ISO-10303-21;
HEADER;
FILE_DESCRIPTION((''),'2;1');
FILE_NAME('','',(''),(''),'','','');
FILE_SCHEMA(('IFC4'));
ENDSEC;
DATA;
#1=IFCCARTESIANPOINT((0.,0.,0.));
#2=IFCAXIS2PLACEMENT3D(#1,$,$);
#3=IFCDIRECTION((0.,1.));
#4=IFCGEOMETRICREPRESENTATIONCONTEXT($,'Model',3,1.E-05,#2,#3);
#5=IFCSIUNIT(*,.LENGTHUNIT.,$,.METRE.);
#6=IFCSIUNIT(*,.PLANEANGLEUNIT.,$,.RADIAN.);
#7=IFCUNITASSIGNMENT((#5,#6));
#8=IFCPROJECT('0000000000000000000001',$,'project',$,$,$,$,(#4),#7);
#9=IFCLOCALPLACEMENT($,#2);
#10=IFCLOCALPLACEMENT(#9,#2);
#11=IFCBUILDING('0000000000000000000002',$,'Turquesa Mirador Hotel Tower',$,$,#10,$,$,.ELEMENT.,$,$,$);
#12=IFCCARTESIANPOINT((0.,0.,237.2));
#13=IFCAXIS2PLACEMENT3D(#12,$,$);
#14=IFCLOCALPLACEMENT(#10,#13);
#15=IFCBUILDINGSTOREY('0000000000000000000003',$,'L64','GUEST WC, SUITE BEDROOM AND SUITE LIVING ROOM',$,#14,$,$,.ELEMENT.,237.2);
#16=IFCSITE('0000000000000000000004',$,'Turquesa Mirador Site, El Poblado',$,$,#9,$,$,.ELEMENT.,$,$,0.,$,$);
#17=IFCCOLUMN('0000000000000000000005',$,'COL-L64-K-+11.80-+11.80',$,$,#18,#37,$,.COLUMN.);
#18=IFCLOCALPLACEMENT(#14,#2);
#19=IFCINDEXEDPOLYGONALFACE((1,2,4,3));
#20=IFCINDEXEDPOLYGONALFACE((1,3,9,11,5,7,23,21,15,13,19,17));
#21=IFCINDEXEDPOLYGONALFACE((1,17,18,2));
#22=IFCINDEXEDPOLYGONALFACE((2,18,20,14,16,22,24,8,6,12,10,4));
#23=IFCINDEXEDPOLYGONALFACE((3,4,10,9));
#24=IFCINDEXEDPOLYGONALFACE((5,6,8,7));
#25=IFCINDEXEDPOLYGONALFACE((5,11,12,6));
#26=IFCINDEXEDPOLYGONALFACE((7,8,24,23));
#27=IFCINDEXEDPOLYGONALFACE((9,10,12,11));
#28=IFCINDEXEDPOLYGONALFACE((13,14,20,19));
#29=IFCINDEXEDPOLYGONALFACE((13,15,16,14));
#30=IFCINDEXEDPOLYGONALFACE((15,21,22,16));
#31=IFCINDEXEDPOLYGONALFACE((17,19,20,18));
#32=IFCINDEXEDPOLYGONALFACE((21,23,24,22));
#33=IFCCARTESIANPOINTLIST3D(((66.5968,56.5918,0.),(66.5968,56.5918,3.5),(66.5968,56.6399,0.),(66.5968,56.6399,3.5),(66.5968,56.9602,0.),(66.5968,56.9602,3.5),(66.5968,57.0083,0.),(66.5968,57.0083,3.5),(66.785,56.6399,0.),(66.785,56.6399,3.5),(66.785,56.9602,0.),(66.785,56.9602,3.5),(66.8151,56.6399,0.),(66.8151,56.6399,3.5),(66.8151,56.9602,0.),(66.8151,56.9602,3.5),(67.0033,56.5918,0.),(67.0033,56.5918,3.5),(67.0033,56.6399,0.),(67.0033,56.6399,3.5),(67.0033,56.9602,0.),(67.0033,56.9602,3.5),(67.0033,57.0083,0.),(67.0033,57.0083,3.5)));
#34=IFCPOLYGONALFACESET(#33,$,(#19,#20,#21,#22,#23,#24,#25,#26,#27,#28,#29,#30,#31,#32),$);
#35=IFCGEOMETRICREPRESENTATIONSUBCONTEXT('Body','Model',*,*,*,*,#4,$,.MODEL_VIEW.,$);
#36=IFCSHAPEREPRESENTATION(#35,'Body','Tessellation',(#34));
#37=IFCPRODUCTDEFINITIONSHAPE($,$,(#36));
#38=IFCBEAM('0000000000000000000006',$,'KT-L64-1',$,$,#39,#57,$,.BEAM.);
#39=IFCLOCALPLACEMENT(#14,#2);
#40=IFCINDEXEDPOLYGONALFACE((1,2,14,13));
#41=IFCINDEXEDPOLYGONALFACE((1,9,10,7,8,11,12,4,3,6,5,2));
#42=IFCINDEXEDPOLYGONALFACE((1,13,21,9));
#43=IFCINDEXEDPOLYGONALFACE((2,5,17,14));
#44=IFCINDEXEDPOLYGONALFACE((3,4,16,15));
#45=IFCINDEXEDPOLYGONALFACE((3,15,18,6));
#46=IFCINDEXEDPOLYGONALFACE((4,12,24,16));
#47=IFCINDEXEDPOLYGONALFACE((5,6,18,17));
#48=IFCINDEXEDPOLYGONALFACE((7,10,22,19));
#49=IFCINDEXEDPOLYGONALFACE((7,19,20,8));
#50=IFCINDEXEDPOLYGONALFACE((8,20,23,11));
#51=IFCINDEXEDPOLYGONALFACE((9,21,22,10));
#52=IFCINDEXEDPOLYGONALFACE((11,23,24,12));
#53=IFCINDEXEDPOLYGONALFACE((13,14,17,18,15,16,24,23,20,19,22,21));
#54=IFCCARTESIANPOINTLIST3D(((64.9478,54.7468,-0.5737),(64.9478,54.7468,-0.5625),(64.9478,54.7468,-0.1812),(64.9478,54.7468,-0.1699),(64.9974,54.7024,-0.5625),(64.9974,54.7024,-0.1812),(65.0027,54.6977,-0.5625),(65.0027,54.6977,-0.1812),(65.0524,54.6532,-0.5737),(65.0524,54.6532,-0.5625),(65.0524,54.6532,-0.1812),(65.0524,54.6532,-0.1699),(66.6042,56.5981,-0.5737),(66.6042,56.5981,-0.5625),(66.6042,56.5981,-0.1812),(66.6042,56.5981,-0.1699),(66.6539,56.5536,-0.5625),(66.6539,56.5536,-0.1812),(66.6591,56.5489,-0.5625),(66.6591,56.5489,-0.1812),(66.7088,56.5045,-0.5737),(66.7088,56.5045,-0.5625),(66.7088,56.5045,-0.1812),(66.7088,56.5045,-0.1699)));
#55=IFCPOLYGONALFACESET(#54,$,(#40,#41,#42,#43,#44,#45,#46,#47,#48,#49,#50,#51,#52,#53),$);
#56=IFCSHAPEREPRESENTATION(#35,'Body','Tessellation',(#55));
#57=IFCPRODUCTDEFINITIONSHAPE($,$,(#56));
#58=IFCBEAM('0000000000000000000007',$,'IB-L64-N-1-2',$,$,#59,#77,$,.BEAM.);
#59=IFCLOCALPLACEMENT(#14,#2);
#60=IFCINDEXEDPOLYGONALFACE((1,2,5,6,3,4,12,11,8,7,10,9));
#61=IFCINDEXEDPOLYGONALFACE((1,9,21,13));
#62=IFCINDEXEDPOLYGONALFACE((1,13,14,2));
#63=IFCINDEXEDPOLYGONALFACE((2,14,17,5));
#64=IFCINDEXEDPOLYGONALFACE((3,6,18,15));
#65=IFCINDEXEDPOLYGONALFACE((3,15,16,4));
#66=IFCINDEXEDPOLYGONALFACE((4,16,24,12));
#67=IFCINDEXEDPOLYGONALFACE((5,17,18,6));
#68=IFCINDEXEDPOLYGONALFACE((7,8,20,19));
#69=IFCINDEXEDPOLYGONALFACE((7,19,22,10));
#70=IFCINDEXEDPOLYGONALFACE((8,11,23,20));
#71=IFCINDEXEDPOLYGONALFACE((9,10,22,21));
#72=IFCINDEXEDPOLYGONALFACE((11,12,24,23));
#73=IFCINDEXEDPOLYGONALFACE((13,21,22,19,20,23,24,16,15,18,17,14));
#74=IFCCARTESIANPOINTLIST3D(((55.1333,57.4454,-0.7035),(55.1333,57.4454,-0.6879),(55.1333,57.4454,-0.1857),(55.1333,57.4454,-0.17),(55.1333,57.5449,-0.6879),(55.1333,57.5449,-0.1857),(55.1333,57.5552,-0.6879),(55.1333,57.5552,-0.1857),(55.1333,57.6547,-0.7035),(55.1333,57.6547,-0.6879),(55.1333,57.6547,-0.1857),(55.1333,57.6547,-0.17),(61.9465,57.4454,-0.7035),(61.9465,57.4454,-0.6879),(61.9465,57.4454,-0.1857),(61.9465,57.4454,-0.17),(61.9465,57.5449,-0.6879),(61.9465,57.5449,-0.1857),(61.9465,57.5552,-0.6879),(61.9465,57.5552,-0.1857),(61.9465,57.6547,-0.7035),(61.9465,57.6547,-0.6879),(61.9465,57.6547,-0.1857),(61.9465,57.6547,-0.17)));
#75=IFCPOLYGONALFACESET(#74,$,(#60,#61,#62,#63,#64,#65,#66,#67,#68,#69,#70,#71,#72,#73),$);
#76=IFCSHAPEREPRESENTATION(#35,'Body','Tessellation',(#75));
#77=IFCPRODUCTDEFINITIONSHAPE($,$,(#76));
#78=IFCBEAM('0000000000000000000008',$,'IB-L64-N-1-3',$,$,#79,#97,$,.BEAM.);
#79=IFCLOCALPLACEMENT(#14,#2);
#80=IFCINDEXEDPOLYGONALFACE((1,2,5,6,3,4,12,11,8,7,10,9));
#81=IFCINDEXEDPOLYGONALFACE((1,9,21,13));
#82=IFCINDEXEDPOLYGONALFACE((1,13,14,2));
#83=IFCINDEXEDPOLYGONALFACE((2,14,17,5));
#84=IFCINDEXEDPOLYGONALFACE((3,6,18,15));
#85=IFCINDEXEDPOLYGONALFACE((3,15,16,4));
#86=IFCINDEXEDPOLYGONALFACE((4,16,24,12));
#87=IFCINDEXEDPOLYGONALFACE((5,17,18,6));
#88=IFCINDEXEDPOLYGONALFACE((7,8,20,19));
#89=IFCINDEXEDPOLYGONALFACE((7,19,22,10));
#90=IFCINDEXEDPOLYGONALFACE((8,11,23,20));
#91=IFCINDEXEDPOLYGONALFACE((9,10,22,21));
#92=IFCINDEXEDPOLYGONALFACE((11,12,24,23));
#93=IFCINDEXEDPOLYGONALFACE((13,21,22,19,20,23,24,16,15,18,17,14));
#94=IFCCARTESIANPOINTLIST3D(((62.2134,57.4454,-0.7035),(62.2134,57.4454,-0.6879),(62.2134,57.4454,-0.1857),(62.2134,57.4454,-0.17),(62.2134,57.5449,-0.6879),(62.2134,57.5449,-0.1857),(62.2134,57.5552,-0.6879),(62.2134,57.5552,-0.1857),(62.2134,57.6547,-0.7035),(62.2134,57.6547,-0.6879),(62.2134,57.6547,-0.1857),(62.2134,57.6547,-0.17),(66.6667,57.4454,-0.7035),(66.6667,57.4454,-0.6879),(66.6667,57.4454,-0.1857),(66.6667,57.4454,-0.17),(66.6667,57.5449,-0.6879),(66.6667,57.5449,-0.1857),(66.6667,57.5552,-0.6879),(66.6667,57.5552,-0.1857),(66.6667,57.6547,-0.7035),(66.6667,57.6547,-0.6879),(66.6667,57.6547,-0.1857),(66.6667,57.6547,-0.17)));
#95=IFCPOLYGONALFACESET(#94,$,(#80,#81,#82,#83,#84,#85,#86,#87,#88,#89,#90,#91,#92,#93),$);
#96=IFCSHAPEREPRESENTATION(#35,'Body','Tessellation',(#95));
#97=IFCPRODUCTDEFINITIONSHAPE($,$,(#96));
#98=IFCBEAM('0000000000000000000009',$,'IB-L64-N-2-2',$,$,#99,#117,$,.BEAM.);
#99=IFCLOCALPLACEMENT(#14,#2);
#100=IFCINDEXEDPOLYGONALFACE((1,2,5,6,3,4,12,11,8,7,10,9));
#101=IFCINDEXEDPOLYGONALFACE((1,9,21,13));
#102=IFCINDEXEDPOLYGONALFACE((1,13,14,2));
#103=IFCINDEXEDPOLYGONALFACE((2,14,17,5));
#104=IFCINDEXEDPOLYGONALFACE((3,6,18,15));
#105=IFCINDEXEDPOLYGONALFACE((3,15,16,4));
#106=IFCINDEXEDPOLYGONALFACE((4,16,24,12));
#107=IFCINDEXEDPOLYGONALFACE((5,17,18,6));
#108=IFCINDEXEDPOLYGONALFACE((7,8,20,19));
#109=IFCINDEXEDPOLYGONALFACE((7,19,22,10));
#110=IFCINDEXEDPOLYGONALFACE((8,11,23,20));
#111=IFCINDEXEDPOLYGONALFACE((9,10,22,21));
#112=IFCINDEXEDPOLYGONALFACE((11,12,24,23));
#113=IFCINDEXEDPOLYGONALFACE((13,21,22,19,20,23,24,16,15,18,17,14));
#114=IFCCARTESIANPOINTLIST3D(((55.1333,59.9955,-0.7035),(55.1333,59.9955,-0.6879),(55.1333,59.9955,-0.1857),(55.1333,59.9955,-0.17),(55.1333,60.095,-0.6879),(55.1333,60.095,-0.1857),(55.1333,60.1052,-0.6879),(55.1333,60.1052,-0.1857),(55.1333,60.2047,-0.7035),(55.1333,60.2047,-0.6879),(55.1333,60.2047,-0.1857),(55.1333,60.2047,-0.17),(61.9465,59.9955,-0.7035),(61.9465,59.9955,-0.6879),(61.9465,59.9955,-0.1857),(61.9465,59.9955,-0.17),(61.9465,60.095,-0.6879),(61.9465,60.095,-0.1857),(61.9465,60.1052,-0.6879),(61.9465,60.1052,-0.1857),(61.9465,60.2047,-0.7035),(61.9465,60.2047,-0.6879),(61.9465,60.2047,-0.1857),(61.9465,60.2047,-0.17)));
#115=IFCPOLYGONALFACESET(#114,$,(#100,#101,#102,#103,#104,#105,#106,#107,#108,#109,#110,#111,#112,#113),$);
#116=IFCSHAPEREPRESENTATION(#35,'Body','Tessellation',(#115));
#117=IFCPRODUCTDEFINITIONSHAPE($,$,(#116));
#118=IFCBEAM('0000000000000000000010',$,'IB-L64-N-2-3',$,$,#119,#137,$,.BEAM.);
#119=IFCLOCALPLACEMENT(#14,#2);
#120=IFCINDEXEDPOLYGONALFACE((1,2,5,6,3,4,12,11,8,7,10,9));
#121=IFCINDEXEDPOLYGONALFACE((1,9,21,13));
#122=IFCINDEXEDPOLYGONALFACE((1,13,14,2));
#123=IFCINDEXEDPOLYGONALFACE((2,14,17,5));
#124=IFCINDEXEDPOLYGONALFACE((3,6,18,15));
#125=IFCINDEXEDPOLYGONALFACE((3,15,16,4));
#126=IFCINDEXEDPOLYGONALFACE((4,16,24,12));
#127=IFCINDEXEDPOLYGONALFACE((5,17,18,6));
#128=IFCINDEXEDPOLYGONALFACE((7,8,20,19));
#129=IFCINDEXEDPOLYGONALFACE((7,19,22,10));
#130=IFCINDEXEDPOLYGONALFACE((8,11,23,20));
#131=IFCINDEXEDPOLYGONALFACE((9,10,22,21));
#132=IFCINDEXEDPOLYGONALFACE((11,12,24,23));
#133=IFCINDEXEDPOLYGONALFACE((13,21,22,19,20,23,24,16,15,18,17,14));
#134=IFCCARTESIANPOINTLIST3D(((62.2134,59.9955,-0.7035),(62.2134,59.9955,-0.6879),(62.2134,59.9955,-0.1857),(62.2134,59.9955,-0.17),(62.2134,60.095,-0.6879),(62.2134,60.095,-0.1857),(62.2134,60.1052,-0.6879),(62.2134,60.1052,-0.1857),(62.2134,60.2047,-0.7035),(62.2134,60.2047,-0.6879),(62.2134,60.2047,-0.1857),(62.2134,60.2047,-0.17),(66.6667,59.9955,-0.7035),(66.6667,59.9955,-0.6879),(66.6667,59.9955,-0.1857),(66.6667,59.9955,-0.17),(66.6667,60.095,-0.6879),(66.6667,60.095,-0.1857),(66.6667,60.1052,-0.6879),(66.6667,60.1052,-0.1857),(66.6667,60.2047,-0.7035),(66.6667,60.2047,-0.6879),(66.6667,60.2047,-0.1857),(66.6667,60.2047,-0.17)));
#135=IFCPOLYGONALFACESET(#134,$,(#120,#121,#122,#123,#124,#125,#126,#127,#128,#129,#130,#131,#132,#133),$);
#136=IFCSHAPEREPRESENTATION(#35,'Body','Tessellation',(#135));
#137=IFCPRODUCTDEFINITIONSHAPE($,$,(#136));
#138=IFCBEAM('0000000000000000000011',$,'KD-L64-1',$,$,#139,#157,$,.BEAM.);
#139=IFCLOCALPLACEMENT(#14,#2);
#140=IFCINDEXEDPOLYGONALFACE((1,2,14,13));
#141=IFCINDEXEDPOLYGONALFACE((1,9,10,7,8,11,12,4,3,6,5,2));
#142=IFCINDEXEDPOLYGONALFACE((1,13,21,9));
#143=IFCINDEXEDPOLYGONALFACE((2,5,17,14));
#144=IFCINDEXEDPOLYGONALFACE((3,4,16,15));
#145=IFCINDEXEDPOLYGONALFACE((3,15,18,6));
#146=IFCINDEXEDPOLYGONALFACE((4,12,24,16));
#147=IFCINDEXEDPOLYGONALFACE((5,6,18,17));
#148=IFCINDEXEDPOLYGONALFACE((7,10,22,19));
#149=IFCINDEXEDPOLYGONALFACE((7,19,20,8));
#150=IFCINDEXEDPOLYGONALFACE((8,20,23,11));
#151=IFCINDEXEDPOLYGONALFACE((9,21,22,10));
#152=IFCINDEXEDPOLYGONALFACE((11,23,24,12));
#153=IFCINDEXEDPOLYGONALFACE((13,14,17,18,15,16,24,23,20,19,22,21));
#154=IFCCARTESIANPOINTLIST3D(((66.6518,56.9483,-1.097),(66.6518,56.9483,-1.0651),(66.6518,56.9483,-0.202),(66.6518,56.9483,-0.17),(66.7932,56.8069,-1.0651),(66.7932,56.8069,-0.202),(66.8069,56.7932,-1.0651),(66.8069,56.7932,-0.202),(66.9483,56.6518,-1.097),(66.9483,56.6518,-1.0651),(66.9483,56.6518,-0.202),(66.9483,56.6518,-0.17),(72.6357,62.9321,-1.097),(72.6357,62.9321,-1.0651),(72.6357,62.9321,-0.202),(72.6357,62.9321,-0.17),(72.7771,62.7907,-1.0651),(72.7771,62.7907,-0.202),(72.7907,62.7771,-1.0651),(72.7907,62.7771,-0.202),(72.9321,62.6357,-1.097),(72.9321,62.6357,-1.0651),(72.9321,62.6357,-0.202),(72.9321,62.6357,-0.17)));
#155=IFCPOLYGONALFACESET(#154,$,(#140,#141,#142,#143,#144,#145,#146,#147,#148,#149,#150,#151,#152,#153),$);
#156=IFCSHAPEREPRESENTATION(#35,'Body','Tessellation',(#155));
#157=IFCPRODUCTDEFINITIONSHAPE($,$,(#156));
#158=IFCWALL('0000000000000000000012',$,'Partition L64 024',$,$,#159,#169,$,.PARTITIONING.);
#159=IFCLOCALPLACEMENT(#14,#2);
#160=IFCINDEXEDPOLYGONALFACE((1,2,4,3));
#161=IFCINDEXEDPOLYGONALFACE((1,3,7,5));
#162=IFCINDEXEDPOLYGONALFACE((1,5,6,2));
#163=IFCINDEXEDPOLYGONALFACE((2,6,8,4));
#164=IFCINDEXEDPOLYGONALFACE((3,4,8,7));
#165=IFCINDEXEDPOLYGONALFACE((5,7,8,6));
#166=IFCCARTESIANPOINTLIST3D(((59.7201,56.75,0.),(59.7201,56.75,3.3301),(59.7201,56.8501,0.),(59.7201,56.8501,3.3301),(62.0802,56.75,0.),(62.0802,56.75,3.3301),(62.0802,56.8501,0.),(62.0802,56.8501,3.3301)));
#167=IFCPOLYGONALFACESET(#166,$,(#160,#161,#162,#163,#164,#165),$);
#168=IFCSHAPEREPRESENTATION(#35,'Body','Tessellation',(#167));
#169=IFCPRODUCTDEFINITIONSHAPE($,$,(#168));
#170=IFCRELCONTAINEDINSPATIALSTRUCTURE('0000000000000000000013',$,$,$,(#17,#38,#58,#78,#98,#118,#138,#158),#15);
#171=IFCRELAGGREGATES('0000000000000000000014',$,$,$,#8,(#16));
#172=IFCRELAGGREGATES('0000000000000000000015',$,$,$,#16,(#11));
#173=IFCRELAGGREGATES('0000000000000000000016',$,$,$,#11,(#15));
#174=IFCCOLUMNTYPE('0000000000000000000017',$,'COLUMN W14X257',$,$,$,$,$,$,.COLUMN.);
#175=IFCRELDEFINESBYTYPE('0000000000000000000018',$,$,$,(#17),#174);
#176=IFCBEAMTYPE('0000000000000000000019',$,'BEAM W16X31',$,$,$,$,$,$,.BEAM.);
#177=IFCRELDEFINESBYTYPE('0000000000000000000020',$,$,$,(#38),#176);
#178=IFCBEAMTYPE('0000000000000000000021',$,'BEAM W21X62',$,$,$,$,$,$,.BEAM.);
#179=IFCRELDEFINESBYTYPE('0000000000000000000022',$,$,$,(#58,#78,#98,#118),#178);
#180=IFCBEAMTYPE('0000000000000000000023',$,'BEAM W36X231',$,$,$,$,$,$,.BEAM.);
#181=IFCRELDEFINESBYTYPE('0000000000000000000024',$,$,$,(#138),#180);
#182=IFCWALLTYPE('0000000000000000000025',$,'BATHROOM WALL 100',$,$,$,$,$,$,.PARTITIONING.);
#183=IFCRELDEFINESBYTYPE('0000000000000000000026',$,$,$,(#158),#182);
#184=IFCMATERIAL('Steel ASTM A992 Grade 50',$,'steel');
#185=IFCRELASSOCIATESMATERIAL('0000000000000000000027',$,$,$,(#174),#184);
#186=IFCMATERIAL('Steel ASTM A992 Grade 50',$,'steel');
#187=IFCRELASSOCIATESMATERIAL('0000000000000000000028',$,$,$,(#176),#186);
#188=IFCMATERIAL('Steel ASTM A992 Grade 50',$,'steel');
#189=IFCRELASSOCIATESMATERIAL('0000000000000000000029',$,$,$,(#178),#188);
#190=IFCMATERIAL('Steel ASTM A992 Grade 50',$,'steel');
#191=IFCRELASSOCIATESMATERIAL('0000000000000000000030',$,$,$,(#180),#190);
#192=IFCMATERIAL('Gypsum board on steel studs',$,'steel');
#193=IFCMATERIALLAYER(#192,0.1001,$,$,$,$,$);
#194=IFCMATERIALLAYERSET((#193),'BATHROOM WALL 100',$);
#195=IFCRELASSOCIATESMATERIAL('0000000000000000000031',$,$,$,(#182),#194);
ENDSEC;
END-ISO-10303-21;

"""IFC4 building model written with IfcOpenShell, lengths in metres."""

from ifc_helpers import new_model, si_unit, direction, frame, frame_2d, origin, origin_2d, place, context, subcontext, project, spatial, rectangle, i_section, extrude, material, layer, layer_set, material_profile, profile_set, type_object, element, save


model = new_model("IFC4")

# Units and contexts
model_context = context("Model", 3, precision=1e-05, world=origin(), true_north=direction((0.0, 1.0)))
body_context = subcontext(model_context, "Body", "Model", "MODEL_VIEW")
ifc_project = project(units=[si_unit("LENGTHUNIT", "METRE"), si_unit("PLANEANGLEUNIT", "RADIAN")], contexts=[model_context])

# Site, building, storey
site_placement = place(None, origin())
site = spatial("IfcSite", under=ifc_project, at=site_placement, Name="Turquesa Mirador Site, El Poblado", CompositionType="ELEMENT", RefElevation=0.0)
building_placement = place(site_placement, origin())
building = spatial("IfcBuilding", under=site, at=building_placement, Name="Turquesa Mirador Hotel Tower", CompositionType="ELEMENT")
storey_placement = place(building_placement, frame((0.0, 0.0, 237.2)))
storey = spatial("IfcBuildingStorey", under=building, at=storey_placement, Name="L64", Description="GUEST WC, SUITE BEDROOM AND SUITE LIVING ROOM", CompositionType="ELEMENT", Elevation=237.2)

# Column
ifc_material_1 = material(Name="Steel ASTM A992 Grade 50", Category="steel")
ifc_material_profile_1 = material_profile(ifc_material_1, i_section(OverallWidth=0.4065, OverallDepth=0.4165, WebThickness=0.03, FlangeThickness=0.0481, at=origin_2d()), Name="W14X257")
ifc_profile_set_1 = profile_set([ifc_material_profile_1], Name="Steel ASTM A992 Grade 50")
column_type = type_object("IfcColumnType", Name="COLUMN W14X257", PredefinedType="COLUMN", material=ifc_profile_set_1)
column_placement = place(storey_placement, frame((66.8, 56.8, 0.0), z_axis=(0.0, 0.0, 1.0), x_axis=(1.0, 0.0, 0.0)))
element("IfcColumn", 1, at=column_placement, inside=storey, type_object=column_type, Name="COL-L64-K-+11.80-+11.80", PredefinedType="COLUMN", context=body_context, shape_type="SweptSolid", body=[
    extrude(i_section(OverallWidth=0.4065, OverallDepth=0.4165, WebThickness=0.03, FlangeThickness=0.0481, at=origin_2d()), origin(), (0.0, 0.0, 1.0), 3.5),
])

# Beams
ifc_material_2 = material(Name="Steel ASTM A992 Grade 50", Category="steel")
ifc_material_profile_2 = material_profile(ifc_material_2, i_section(OverallWidth=0.1404, OverallDepth=0.4038, WebThickness=0.0071, FlangeThickness=0.0112, at=origin_2d()), Name="W16X31")
ifc_profile_set_2 = profile_set([ifc_material_profile_2], Name="Steel ASTM A992 Grade 50")
beam_type_1 = type_object("IfcBeamType", Name="BEAM W16X31", PredefinedType="BEAM", material=ifc_profile_set_2)
beam_1_placement = place(storey_placement, frame((66.6565, 56.5513, -0.3718), z_axis=(-0.666806, -0.745231, 0.0), x_axis=(0.745231, -0.666806, 0.0)))
element("IfcBeam", 2, at=beam_1_placement, inside=storey, type_object=beam_type_1, Name="KT-L64-1", PredefinedType="BEAM", context=body_context, shape_type="SweptSolid", body=[
    extrude(i_section(OverallWidth=0.1404, OverallDepth=0.4038, WebThickness=0.0071, FlangeThickness=0.0112, at=origin_2d()), origin(), (0.0, 0.0, 1.0), 2.4841),
])
ifc_material_3 = material(Name="Steel ASTM A992 Grade 50", Category="steel")
ifc_material_profile_3 = material_profile(ifc_material_3, i_section(OverallWidth=0.2092, OverallDepth=0.5334, WebThickness=0.0103, FlangeThickness=0.0156, at=origin_2d()), Name="W21X62")
ifc_profile_set_3 = profile_set([ifc_material_profile_3], Name="Steel ASTM A992 Grade 50")
beam_type_2 = type_object("IfcBeamType", Name="BEAM W21X62", PredefinedType="BEAM", material=ifc_profile_set_3)
beam_2_placement = place(storey_placement, frame((55.1333, 57.55, -0.4368), z_axis=(1.0, 0.0, 0.0), x_axis=(0.0, 1.0, 0.0)))
element("IfcBeam", 3, at=beam_2_placement, inside=storey, type_object=beam_type_2, Name="IB-L64-N-1-2", PredefinedType="BEAM", context=body_context, shape_type="SweptSolid", body=[
    extrude(i_section(OverallWidth=0.2092, OverallDepth=0.5334, WebThickness=0.0103, FlangeThickness=0.0156, at=origin_2d()), origin(), (0.0, 0.0, 1.0), 6.8132),
])
beam_3_placement = place(storey_placement, frame((62.2134, 57.55, -0.4368), z_axis=(1.0, 0.0, 0.0), x_axis=(0.0, 1.0, 0.0)))
element("IfcBeam", 4, at=beam_3_placement, inside=storey, type_object=beam_type_2, Name="IB-L64-N-1-3", PredefinedType="BEAM", context=body_context, shape_type="SweptSolid", body=[
    extrude(i_section(OverallWidth=0.2092, OverallDepth=0.5334, WebThickness=0.0103, FlangeThickness=0.0156, at=origin_2d()), origin(), (0.0, 0.0, 1.0), 4.4534),
])
beam_4_placement = place(storey_placement, frame((55.1333, 60.1001, -0.4368), z_axis=(1.0, 0.0, 0.0), x_axis=(0.0, 1.0, 0.0)))
element("IfcBeam", 5, at=beam_4_placement, inside=storey, type_object=beam_type_2, Name="IB-L64-N-2-2", PredefinedType="BEAM", context=body_context, shape_type="SweptSolid", body=[
    extrude(i_section(OverallWidth=0.2092, OverallDepth=0.5334, WebThickness=0.0103, FlangeThickness=0.0156, at=origin_2d()), origin(), (0.0, 0.0, 1.0), 6.8132),
])
beam_5_placement = place(storey_placement, frame((62.2134, 60.1001, -0.4368), z_axis=(1.0, 0.0, 0.0), x_axis=(0.0, 1.0, 0.0)))
element("IfcBeam", 6, at=beam_5_placement, inside=storey, type_object=beam_type_2, Name="IB-L64-N-2-3", PredefinedType="BEAM", context=body_context, shape_type="SweptSolid", body=[
    extrude(i_section(OverallWidth=0.2092, OverallDepth=0.5334, WebThickness=0.0103, FlangeThickness=0.0156, at=origin_2d()), origin(), (0.0, 0.0, 1.0), 4.4534),
])
ifc_material_4 = material(Name="Steel ASTM A992 Grade 50", Category="steel")
ifc_material_profile_4 = material_profile(ifc_material_4, i_section(OverallWidth=0.4192, OverallDepth=0.927, WebThickness=0.0193, FlangeThickness=0.032, at=origin_2d()), Name="W36X231")
ifc_profile_set_4 = profile_set([ifc_material_profile_4], Name="Steel ASTM A992 Grade 50")
beam_type_3 = type_object("IfcBeamType", Name="BEAM W36X231", PredefinedType="BEAM", material=ifc_profile_set_4)
beam_6_placement = place(storey_placement, frame((66.8, 56.8, -0.6335), z_axis=(0.707107, 0.707107, 0.0), x_axis=(-0.707107, 0.707107, 0.0)))
element("IfcBeam", 7, at=beam_6_placement, inside=storey, type_object=beam_type_3, Name="KD-L64-1", PredefinedType="BEAM", context=body_context, shape_type="SweptSolid", body=[
    extrude(i_section(OverallWidth=0.4192, OverallDepth=0.927, WebThickness=0.0193, FlangeThickness=0.032, at=origin_2d()), origin(), (0.0, 0.0, 1.0), 8.4624),
])

# Wall
ifc_material_5 = material(Name="Gypsum board on steel studs", Category="steel")
ifc_layer_1 = layer(ifc_material_5, 0.1001)
ifc_layer_set_1 = layer_set([ifc_layer_1], Name="BATHROOM WALL 100")
wall_type_1 = type_object("IfcWallType", Name="BATHROOM WALL 100", PredefinedType="PARTITIONING", material=ifc_layer_set_1)
wall_1_placement = place(storey_placement, frame((59.72, 56.8, 0.0), z_axis=(0.0, 0.0, 1.0), x_axis=(1.0, 0.0, 0.0)))
element("IfcWall", 8, at=wall_1_placement, inside=storey, type_object=wall_type_1, Name="Partition L64 024", PredefinedType="PARTITIONING", context=body_context, shape_type="SweptSolid", body=[
    extrude(rectangle(XDim=2.3601, YDim=0.1001, at=frame_2d((1.1802, 0.0))), origin(), (0.0, 0.0, 1.0), 3.3301),
])

save(model, "model.ifc")
